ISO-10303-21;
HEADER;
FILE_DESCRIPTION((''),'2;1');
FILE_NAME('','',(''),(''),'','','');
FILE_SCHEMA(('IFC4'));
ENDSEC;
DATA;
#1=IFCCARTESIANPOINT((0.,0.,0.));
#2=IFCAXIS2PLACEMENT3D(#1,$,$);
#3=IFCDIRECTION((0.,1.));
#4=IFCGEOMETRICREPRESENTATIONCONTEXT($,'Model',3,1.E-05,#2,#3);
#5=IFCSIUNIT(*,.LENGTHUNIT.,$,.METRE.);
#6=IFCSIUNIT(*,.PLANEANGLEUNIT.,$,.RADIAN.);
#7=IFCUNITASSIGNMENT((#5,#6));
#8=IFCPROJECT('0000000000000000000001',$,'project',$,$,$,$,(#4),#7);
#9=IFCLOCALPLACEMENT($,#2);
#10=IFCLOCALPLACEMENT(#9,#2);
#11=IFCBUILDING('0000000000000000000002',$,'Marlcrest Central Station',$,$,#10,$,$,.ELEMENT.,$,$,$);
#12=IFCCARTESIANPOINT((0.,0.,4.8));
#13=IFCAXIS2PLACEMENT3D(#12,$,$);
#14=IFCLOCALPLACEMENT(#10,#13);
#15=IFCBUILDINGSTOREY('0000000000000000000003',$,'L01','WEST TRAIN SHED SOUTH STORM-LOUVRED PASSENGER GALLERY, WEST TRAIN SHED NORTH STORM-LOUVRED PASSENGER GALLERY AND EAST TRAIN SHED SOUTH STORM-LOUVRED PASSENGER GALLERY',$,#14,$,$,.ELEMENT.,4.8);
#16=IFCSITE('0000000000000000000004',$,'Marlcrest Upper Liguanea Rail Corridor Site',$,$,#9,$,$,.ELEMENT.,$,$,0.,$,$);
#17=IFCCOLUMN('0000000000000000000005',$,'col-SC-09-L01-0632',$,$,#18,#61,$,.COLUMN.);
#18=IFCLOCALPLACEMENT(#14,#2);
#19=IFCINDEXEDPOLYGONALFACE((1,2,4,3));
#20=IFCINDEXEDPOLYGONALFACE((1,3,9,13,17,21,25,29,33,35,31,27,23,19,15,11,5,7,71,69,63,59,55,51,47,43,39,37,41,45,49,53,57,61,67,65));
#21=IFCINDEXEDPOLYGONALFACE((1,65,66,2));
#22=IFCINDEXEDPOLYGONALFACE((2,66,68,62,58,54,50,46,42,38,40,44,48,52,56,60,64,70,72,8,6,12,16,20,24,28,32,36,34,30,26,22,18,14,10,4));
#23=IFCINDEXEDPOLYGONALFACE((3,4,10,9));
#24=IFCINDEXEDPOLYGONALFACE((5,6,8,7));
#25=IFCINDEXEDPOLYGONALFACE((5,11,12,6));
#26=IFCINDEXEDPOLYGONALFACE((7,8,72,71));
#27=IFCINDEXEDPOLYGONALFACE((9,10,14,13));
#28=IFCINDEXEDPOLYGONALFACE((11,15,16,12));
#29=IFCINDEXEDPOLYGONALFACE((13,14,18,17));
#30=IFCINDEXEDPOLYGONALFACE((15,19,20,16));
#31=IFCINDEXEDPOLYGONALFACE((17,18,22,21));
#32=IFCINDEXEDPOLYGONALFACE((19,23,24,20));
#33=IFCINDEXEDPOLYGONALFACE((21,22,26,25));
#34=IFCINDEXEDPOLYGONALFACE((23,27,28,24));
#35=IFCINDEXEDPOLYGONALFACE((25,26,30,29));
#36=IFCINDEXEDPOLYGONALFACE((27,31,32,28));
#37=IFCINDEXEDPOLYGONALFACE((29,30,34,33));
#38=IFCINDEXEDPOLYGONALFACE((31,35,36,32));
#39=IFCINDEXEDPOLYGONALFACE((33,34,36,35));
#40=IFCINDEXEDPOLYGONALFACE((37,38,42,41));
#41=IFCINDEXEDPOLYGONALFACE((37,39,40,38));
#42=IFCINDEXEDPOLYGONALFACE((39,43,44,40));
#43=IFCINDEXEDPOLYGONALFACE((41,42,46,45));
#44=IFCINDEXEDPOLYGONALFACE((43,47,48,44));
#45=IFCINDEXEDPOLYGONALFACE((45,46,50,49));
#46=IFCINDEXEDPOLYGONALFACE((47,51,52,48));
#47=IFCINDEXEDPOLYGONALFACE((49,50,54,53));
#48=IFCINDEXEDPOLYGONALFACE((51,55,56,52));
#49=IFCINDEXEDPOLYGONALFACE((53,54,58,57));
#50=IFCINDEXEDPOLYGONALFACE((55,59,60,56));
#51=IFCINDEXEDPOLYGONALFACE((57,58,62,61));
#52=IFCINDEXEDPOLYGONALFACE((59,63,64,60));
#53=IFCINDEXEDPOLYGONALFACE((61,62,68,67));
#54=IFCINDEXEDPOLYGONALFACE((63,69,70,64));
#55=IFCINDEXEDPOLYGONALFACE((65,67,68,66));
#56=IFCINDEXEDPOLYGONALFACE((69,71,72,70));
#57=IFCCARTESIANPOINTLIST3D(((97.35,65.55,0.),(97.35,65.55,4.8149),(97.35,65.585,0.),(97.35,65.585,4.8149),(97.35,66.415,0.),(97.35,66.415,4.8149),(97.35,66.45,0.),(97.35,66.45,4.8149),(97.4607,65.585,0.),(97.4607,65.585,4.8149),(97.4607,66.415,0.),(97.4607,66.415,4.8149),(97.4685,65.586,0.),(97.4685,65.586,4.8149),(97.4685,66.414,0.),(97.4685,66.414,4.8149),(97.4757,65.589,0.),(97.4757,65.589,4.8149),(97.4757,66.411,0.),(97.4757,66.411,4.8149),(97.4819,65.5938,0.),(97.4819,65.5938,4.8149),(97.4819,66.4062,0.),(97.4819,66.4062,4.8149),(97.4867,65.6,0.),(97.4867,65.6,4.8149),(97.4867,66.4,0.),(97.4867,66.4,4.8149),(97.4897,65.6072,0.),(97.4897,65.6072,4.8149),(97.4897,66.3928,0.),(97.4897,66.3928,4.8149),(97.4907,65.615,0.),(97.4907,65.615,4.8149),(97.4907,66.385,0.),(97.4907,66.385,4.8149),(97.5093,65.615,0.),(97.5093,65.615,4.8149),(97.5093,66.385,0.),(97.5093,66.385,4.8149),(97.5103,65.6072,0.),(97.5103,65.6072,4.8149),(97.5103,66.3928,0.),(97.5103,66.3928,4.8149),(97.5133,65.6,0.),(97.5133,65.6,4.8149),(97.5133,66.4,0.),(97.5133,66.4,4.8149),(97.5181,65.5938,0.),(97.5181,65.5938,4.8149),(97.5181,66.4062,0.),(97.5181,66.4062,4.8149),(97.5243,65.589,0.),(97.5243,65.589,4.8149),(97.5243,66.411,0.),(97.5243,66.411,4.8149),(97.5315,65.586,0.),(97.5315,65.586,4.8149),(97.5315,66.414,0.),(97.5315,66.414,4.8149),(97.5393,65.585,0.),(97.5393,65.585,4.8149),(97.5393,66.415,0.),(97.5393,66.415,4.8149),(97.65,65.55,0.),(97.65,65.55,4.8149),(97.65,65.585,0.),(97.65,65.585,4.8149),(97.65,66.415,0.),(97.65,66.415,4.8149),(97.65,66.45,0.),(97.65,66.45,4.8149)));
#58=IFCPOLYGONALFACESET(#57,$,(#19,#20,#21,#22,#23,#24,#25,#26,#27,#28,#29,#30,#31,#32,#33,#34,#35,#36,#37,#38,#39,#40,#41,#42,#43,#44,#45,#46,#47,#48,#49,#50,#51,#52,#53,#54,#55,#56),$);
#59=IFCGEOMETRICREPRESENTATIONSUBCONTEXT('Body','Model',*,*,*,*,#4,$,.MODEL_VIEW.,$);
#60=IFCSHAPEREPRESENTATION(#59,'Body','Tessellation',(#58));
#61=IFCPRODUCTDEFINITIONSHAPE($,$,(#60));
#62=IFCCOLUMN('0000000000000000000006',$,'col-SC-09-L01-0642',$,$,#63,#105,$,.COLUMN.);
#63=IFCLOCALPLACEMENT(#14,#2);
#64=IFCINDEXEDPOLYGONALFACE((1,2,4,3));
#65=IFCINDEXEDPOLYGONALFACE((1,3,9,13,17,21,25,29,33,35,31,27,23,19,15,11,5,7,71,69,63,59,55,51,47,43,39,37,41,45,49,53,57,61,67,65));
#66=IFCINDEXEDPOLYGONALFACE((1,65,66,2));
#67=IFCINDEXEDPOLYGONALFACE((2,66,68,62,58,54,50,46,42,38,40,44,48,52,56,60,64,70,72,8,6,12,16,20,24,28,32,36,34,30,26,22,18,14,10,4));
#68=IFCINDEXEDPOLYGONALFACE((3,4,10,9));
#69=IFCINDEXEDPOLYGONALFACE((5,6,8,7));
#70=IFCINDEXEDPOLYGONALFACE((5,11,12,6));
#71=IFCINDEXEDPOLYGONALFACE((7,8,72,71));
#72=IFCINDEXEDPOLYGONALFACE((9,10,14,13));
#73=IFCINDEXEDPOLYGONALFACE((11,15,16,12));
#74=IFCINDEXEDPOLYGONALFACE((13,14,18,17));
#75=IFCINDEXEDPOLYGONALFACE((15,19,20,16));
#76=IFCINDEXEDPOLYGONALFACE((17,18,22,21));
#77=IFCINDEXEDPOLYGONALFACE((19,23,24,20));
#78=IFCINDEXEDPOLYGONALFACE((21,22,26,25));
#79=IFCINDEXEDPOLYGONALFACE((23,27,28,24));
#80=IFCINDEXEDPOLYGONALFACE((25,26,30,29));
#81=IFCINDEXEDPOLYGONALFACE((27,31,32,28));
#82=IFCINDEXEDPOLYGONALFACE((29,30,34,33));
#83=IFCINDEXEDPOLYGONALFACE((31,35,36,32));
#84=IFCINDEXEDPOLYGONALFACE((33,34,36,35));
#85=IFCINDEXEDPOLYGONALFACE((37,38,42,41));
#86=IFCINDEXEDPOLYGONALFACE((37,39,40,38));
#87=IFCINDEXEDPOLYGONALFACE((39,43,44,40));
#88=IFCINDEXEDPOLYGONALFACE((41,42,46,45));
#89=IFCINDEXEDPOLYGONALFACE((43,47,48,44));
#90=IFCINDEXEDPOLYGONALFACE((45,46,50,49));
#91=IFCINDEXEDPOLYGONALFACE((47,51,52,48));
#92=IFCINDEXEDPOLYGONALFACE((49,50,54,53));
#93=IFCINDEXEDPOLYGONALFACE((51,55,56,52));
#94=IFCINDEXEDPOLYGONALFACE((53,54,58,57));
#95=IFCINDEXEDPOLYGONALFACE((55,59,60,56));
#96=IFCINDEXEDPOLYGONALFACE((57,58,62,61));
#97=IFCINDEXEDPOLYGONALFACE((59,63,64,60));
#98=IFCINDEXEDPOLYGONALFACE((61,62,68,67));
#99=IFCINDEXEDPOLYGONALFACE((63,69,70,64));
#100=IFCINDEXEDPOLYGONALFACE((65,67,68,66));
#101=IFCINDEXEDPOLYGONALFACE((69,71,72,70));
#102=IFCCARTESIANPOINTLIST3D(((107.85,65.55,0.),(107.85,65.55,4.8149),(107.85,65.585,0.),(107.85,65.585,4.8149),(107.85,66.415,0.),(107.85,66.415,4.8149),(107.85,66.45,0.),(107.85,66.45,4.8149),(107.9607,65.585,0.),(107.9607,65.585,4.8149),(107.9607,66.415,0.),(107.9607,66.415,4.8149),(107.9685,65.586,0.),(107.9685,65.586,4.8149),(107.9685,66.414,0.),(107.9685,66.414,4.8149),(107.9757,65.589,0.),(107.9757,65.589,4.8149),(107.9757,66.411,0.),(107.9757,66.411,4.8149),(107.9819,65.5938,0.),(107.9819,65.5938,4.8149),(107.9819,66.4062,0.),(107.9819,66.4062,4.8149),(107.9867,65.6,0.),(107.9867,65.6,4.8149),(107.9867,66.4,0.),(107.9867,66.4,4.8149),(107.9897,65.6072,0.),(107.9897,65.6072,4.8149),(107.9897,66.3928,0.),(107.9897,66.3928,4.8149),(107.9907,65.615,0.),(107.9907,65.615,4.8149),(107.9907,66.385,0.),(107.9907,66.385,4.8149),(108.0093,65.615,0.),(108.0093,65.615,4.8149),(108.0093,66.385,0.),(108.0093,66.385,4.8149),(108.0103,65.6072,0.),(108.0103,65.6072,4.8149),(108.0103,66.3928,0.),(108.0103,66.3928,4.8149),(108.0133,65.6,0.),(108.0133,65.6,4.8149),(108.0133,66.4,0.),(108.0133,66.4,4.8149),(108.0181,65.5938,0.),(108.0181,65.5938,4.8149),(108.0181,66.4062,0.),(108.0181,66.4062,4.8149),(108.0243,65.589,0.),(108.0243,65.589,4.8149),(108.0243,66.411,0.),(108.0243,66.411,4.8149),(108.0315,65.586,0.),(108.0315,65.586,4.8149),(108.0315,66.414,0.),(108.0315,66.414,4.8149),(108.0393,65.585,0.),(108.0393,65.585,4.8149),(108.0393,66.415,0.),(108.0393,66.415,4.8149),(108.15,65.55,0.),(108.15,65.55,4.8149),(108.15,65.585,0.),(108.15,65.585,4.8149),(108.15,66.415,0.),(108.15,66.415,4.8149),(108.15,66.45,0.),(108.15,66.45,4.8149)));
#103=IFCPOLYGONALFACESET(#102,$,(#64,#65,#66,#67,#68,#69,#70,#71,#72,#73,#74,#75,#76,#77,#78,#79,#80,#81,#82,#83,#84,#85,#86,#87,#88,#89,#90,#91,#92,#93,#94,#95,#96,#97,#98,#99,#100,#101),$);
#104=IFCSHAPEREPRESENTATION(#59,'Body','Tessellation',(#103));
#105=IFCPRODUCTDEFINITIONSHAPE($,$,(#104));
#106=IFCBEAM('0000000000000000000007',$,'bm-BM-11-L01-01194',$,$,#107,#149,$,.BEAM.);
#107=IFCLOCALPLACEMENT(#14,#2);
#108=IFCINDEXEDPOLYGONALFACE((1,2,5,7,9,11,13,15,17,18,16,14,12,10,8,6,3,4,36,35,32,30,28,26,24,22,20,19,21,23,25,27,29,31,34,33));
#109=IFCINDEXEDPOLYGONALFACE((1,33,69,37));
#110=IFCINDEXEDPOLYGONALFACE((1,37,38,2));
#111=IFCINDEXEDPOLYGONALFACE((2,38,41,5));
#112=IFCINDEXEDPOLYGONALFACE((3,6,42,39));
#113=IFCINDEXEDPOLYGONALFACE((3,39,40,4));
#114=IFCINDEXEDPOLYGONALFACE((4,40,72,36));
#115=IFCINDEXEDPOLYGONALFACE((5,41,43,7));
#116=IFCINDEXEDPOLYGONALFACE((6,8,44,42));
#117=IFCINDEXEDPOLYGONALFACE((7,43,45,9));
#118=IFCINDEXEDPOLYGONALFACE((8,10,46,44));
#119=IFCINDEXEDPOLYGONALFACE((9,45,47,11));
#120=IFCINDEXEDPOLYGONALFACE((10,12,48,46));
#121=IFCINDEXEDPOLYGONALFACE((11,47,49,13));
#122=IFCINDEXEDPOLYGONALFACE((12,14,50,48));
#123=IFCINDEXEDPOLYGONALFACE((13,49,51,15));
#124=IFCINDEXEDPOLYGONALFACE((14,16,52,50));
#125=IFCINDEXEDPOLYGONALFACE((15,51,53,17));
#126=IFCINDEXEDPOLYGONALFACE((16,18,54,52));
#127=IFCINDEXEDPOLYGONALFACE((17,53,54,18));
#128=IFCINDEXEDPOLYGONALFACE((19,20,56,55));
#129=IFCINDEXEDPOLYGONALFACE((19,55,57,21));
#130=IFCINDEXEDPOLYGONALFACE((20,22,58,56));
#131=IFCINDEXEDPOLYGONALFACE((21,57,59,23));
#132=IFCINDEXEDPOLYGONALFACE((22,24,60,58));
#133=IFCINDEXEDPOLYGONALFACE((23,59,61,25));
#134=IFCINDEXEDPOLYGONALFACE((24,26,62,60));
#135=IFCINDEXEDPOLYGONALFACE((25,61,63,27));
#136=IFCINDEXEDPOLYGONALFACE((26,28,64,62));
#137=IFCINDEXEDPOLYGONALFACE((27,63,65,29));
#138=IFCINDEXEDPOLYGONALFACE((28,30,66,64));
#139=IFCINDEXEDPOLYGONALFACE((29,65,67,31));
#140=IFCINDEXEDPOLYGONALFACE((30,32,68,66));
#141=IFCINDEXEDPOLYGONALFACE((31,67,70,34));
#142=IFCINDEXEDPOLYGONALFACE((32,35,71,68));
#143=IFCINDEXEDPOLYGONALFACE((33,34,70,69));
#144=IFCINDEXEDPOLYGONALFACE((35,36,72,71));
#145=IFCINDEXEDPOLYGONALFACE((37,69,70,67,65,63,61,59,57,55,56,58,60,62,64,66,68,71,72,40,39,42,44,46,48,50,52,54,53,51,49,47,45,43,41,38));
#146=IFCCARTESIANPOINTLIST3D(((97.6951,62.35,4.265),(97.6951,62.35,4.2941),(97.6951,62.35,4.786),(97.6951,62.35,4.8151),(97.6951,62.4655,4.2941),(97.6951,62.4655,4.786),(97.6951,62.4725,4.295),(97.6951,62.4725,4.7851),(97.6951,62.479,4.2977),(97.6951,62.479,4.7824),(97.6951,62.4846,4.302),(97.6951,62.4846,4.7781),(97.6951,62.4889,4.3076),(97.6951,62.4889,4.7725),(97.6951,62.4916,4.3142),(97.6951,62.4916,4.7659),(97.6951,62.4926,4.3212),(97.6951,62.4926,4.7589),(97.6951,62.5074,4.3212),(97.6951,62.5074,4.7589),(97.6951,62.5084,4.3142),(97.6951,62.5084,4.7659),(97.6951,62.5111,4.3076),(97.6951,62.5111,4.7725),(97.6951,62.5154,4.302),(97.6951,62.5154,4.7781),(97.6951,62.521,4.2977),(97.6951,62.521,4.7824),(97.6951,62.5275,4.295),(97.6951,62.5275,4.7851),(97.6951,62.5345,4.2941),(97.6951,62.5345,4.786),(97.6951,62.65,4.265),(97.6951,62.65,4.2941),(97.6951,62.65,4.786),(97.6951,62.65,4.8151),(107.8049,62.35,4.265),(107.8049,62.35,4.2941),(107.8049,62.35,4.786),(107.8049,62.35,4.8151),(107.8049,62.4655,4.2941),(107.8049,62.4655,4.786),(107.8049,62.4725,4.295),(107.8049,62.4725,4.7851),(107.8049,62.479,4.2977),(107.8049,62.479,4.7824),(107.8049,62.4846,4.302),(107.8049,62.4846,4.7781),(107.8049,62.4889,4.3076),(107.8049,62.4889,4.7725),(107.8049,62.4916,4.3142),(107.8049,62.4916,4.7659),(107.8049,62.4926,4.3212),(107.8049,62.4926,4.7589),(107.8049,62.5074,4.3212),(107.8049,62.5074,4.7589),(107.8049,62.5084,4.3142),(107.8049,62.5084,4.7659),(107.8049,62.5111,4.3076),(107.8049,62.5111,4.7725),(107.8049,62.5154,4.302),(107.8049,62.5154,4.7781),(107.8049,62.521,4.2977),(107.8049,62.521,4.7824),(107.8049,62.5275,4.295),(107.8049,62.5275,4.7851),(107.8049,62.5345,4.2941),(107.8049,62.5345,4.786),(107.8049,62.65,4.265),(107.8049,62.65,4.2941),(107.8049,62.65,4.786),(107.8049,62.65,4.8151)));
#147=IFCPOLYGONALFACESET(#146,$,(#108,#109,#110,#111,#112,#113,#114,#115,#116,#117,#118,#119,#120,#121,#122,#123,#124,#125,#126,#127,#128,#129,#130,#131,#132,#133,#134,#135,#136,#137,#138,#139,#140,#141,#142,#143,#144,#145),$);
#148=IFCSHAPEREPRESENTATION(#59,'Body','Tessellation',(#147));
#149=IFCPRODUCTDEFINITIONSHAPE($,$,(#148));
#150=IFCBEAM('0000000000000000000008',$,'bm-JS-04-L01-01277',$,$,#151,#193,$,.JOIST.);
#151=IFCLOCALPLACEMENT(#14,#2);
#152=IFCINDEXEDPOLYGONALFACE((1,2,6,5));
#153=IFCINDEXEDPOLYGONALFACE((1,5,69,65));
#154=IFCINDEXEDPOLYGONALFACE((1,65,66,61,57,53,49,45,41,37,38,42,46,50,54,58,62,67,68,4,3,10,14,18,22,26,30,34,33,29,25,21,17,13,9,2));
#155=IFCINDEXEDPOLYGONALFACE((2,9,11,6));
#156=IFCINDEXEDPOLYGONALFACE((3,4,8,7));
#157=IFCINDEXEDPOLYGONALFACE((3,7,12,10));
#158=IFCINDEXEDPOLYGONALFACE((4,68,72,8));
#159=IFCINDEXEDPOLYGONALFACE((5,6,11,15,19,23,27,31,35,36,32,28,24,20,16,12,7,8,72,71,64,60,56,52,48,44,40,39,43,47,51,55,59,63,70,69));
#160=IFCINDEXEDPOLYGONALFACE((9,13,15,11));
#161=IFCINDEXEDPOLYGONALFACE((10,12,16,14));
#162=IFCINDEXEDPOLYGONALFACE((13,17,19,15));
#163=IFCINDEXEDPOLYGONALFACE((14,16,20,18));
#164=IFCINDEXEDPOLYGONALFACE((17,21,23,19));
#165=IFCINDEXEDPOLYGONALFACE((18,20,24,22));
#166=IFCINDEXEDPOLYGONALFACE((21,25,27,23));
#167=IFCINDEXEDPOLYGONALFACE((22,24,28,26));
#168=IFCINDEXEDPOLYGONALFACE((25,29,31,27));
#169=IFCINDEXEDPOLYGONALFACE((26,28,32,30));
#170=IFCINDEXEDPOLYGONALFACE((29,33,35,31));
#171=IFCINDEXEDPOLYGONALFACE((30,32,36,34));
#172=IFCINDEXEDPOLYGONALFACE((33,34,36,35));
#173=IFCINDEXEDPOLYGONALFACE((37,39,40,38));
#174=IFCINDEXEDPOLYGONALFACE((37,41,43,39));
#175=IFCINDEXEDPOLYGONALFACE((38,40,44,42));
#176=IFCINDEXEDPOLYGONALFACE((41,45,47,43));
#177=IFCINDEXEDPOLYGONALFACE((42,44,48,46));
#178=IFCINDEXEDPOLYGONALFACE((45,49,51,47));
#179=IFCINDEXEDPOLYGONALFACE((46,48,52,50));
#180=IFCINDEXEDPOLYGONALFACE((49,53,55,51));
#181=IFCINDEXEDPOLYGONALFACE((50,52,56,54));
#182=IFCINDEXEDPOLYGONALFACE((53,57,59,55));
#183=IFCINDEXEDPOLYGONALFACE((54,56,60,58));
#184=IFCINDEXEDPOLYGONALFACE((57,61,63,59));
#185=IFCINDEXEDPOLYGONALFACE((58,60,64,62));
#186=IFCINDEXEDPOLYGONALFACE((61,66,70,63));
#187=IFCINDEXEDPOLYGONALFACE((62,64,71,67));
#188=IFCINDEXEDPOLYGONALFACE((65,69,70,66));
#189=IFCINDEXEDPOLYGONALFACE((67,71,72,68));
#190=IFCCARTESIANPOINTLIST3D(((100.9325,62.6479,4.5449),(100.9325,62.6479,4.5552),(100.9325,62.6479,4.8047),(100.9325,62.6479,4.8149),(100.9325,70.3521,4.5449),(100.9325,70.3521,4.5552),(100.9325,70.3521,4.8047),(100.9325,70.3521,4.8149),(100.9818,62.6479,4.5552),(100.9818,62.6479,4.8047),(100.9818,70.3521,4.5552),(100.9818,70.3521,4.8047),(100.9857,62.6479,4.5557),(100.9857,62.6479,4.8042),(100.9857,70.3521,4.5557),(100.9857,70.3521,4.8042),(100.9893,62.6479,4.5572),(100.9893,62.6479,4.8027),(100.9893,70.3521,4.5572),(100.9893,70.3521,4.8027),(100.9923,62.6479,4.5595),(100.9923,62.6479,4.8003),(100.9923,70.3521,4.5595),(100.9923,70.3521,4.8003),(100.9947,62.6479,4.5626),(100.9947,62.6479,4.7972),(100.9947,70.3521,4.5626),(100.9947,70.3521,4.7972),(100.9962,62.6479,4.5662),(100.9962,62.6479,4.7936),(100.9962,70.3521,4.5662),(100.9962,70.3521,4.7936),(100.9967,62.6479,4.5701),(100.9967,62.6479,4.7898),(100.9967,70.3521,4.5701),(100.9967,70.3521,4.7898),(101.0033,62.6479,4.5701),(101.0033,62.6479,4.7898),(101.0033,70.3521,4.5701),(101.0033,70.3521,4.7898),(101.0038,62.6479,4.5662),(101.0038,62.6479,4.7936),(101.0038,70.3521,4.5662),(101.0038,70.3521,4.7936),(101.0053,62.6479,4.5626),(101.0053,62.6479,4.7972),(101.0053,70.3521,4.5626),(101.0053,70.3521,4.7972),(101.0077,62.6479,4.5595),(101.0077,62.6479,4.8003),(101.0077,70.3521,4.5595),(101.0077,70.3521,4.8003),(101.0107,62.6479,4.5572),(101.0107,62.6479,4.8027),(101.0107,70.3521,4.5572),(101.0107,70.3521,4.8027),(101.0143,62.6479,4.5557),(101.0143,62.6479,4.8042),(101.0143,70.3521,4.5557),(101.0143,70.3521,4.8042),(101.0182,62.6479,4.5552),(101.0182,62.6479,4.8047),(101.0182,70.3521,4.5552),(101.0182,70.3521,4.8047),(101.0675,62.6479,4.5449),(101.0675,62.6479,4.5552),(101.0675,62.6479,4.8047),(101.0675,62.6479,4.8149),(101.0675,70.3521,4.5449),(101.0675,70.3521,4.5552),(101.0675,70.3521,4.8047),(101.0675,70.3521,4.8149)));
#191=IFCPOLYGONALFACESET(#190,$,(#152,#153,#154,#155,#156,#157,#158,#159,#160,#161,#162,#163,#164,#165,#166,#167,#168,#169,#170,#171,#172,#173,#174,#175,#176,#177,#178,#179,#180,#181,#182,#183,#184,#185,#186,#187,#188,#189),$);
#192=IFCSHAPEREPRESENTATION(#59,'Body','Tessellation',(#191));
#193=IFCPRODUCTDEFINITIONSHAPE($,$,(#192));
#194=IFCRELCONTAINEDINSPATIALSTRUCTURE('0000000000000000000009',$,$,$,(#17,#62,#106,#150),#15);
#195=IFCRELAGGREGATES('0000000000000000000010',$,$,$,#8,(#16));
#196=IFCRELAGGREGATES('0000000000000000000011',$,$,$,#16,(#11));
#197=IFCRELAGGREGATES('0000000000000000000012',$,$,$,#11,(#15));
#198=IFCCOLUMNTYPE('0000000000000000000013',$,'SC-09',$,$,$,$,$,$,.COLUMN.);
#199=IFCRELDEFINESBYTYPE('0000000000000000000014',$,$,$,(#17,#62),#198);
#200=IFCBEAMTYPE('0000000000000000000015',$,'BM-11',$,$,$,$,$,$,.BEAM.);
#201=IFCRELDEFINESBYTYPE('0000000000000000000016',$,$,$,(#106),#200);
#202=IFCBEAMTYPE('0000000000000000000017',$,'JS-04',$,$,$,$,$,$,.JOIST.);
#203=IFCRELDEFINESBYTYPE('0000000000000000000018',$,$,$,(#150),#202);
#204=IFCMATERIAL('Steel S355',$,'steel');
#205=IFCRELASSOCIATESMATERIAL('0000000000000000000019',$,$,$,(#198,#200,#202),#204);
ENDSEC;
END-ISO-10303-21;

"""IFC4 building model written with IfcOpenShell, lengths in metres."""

from ifc_helpers import new_model, si_unit, direction, frame, origin, origin_2d, place, context, subcontext, project, spatial, i_section, extrude, material, material_profile, profile_set, type_object, element, save


model = new_model("IFC4")

# Units and contexts
model_context = context("Model", 3, precision=1e-05, world=origin(), true_north=direction((0.0, 1.0)))
body_context = subcontext(model_context, "Body", "Model", "MODEL_VIEW")
ifc_project = project(units=[si_unit("LENGTHUNIT", "METRE"), si_unit("PLANEANGLEUNIT", "RADIAN")], contexts=[model_context])

# Site, building, storey
site_placement = place(None, origin())
site = spatial("IfcSite", under=ifc_project, at=site_placement, Name="Marlcrest Upper Liguanea Rail Corridor Site", CompositionType="ELEMENT", RefElevation=0.0)
building_placement = place(site_placement, origin())
building = spatial("IfcBuilding", under=site, at=building_placement, Name="Marlcrest Central Station", CompositionType="ELEMENT")
storey_placement = place(building_placement, frame((0.0, 0.0, 4.8)))
storey = spatial("IfcBuildingStorey", under=building, at=storey_placement, Name="L01", Description="WEST TRAIN SHED SOUTH STORM-LOUVRED PASSENGER GALLERY, WEST TRAIN SHED NORTH STORM-LOUVRED PASSENGER GALLERY AND EAST TRAIN SHED SOUTH STORM-LOUVRED PASSENGER GALLERY", CompositionType="ELEMENT", Elevation=4.8)

# Columns
ifc_material = material(Name="Steel S355", Category="steel")
ifc_material_profile_1 = material_profile(ifc_material, i_section(OverallWidth=0.3, OverallDepth=0.8999, WebThickness=0.0186, FlangeThickness=0.0349, FilletRadius=0.03, at=origin_2d()), Name="HEB 900")
ifc_profile_set_1 = profile_set([ifc_material_profile_1], Name="Steel S355")
column_type = type_object("IfcColumnType", Name="SC-09", PredefinedType="COLUMN", material=ifc_profile_set_1)
for number, where, z_axis, x_axis, name in (
    (1, (97.5, 66.0, 0.0), (0.0, 0.0, 1.0), (1.0, 0.0, 0.0), "col-SC-09-L01-0632"),
    (2, (108.0, 66.0, 0.0), (0.0, 0.0, 1.0), (1.0, 0.0, 0.0), "col-SC-09-L01-0642"),
):
    element("IfcColumn", number, at=place(storey_placement, frame(where, z_axis=z_axis, x_axis=x_axis)), inside=storey, type_object=column_type, Name=name, PredefinedType="COLUMN", context=body_context, shape_type="SweptSolid", body=[
        extrude(i_section(OverallWidth=0.3, OverallDepth=0.8999, WebThickness=0.0186, FlangeThickness=0.0349, FilletRadius=0.03, at=origin_2d()), origin(), (0.0, 0.0, 1.0), 4.8149),
    ])

# Beams
ifc_material_profile_2 = material_profile(ifc_material, i_section(OverallWidth=0.3, OverallDepth=0.55, WebThickness=0.0149, FlangeThickness=0.0291, FilletRadius=0.0271, at=origin_2d()), Name="HEB 550")
ifc_profile_set_2 = profile_set([ifc_material_profile_2], Name="Steel S355")
beam_type_1 = type_object("IfcBeamType", Name="BM-11", PredefinedType="BEAM", material=ifc_profile_set_2)
beam_1_placement = place(storey_placement, frame((97.6951, 62.5, 4.54), z_axis=(1.0, 0.0, 0.0), x_axis=(0.0, 1.0, 0.0)))
element("IfcBeam", 3, at=beam_1_placement, inside=storey, type_object=beam_type_1, Name="bm-BM-11-L01-01194", PredefinedType="BEAM", context=body_context, shape_type="SweptSolid", body=[
    extrude(i_section(OverallWidth=0.3, OverallDepth=0.55, WebThickness=0.0149, FlangeThickness=0.0291, FilletRadius=0.0271, at=origin_2d()), origin(), (0.0, 0.0, 1.0), 10.1099),
])
ifc_material_profile_3 = material_profile(ifc_material, i_section(OverallWidth=0.135, OverallDepth=0.27, WebThickness=0.0066, FlangeThickness=0.0103, FilletRadius=0.0149, at=origin_2d()), Name="IPE 270")
ifc_profile_set_3 = profile_set([ifc_material_profile_3], Name="Steel S355")
beam_type_2 = type_object("IfcBeamType", Name="JS-04", PredefinedType="JOIST", material=ifc_profile_set_3)
beam_2_placement = place(storey_placement, frame((101.0, 62.6479, 4.6799), z_axis=(0.0, 1.0, 0.0), x_axis=(-1.0, 0.0, 0.0)))
element("IfcBeam", 4, at=beam_2_placement, inside=storey, type_object=beam_type_2, Name="bm-JS-04-L01-01277", PredefinedType="JOIST", context=body_context, shape_type="SweptSolid", body=[
    extrude(i_section(OverallWidth=0.135, OverallDepth=0.27, WebThickness=0.0066, FlangeThickness=0.0103, FilletRadius=0.0149, at=origin_2d()), origin(), (0.0, 0.0, 1.0), 7.7041),
])

save(model, "model.ifc")
